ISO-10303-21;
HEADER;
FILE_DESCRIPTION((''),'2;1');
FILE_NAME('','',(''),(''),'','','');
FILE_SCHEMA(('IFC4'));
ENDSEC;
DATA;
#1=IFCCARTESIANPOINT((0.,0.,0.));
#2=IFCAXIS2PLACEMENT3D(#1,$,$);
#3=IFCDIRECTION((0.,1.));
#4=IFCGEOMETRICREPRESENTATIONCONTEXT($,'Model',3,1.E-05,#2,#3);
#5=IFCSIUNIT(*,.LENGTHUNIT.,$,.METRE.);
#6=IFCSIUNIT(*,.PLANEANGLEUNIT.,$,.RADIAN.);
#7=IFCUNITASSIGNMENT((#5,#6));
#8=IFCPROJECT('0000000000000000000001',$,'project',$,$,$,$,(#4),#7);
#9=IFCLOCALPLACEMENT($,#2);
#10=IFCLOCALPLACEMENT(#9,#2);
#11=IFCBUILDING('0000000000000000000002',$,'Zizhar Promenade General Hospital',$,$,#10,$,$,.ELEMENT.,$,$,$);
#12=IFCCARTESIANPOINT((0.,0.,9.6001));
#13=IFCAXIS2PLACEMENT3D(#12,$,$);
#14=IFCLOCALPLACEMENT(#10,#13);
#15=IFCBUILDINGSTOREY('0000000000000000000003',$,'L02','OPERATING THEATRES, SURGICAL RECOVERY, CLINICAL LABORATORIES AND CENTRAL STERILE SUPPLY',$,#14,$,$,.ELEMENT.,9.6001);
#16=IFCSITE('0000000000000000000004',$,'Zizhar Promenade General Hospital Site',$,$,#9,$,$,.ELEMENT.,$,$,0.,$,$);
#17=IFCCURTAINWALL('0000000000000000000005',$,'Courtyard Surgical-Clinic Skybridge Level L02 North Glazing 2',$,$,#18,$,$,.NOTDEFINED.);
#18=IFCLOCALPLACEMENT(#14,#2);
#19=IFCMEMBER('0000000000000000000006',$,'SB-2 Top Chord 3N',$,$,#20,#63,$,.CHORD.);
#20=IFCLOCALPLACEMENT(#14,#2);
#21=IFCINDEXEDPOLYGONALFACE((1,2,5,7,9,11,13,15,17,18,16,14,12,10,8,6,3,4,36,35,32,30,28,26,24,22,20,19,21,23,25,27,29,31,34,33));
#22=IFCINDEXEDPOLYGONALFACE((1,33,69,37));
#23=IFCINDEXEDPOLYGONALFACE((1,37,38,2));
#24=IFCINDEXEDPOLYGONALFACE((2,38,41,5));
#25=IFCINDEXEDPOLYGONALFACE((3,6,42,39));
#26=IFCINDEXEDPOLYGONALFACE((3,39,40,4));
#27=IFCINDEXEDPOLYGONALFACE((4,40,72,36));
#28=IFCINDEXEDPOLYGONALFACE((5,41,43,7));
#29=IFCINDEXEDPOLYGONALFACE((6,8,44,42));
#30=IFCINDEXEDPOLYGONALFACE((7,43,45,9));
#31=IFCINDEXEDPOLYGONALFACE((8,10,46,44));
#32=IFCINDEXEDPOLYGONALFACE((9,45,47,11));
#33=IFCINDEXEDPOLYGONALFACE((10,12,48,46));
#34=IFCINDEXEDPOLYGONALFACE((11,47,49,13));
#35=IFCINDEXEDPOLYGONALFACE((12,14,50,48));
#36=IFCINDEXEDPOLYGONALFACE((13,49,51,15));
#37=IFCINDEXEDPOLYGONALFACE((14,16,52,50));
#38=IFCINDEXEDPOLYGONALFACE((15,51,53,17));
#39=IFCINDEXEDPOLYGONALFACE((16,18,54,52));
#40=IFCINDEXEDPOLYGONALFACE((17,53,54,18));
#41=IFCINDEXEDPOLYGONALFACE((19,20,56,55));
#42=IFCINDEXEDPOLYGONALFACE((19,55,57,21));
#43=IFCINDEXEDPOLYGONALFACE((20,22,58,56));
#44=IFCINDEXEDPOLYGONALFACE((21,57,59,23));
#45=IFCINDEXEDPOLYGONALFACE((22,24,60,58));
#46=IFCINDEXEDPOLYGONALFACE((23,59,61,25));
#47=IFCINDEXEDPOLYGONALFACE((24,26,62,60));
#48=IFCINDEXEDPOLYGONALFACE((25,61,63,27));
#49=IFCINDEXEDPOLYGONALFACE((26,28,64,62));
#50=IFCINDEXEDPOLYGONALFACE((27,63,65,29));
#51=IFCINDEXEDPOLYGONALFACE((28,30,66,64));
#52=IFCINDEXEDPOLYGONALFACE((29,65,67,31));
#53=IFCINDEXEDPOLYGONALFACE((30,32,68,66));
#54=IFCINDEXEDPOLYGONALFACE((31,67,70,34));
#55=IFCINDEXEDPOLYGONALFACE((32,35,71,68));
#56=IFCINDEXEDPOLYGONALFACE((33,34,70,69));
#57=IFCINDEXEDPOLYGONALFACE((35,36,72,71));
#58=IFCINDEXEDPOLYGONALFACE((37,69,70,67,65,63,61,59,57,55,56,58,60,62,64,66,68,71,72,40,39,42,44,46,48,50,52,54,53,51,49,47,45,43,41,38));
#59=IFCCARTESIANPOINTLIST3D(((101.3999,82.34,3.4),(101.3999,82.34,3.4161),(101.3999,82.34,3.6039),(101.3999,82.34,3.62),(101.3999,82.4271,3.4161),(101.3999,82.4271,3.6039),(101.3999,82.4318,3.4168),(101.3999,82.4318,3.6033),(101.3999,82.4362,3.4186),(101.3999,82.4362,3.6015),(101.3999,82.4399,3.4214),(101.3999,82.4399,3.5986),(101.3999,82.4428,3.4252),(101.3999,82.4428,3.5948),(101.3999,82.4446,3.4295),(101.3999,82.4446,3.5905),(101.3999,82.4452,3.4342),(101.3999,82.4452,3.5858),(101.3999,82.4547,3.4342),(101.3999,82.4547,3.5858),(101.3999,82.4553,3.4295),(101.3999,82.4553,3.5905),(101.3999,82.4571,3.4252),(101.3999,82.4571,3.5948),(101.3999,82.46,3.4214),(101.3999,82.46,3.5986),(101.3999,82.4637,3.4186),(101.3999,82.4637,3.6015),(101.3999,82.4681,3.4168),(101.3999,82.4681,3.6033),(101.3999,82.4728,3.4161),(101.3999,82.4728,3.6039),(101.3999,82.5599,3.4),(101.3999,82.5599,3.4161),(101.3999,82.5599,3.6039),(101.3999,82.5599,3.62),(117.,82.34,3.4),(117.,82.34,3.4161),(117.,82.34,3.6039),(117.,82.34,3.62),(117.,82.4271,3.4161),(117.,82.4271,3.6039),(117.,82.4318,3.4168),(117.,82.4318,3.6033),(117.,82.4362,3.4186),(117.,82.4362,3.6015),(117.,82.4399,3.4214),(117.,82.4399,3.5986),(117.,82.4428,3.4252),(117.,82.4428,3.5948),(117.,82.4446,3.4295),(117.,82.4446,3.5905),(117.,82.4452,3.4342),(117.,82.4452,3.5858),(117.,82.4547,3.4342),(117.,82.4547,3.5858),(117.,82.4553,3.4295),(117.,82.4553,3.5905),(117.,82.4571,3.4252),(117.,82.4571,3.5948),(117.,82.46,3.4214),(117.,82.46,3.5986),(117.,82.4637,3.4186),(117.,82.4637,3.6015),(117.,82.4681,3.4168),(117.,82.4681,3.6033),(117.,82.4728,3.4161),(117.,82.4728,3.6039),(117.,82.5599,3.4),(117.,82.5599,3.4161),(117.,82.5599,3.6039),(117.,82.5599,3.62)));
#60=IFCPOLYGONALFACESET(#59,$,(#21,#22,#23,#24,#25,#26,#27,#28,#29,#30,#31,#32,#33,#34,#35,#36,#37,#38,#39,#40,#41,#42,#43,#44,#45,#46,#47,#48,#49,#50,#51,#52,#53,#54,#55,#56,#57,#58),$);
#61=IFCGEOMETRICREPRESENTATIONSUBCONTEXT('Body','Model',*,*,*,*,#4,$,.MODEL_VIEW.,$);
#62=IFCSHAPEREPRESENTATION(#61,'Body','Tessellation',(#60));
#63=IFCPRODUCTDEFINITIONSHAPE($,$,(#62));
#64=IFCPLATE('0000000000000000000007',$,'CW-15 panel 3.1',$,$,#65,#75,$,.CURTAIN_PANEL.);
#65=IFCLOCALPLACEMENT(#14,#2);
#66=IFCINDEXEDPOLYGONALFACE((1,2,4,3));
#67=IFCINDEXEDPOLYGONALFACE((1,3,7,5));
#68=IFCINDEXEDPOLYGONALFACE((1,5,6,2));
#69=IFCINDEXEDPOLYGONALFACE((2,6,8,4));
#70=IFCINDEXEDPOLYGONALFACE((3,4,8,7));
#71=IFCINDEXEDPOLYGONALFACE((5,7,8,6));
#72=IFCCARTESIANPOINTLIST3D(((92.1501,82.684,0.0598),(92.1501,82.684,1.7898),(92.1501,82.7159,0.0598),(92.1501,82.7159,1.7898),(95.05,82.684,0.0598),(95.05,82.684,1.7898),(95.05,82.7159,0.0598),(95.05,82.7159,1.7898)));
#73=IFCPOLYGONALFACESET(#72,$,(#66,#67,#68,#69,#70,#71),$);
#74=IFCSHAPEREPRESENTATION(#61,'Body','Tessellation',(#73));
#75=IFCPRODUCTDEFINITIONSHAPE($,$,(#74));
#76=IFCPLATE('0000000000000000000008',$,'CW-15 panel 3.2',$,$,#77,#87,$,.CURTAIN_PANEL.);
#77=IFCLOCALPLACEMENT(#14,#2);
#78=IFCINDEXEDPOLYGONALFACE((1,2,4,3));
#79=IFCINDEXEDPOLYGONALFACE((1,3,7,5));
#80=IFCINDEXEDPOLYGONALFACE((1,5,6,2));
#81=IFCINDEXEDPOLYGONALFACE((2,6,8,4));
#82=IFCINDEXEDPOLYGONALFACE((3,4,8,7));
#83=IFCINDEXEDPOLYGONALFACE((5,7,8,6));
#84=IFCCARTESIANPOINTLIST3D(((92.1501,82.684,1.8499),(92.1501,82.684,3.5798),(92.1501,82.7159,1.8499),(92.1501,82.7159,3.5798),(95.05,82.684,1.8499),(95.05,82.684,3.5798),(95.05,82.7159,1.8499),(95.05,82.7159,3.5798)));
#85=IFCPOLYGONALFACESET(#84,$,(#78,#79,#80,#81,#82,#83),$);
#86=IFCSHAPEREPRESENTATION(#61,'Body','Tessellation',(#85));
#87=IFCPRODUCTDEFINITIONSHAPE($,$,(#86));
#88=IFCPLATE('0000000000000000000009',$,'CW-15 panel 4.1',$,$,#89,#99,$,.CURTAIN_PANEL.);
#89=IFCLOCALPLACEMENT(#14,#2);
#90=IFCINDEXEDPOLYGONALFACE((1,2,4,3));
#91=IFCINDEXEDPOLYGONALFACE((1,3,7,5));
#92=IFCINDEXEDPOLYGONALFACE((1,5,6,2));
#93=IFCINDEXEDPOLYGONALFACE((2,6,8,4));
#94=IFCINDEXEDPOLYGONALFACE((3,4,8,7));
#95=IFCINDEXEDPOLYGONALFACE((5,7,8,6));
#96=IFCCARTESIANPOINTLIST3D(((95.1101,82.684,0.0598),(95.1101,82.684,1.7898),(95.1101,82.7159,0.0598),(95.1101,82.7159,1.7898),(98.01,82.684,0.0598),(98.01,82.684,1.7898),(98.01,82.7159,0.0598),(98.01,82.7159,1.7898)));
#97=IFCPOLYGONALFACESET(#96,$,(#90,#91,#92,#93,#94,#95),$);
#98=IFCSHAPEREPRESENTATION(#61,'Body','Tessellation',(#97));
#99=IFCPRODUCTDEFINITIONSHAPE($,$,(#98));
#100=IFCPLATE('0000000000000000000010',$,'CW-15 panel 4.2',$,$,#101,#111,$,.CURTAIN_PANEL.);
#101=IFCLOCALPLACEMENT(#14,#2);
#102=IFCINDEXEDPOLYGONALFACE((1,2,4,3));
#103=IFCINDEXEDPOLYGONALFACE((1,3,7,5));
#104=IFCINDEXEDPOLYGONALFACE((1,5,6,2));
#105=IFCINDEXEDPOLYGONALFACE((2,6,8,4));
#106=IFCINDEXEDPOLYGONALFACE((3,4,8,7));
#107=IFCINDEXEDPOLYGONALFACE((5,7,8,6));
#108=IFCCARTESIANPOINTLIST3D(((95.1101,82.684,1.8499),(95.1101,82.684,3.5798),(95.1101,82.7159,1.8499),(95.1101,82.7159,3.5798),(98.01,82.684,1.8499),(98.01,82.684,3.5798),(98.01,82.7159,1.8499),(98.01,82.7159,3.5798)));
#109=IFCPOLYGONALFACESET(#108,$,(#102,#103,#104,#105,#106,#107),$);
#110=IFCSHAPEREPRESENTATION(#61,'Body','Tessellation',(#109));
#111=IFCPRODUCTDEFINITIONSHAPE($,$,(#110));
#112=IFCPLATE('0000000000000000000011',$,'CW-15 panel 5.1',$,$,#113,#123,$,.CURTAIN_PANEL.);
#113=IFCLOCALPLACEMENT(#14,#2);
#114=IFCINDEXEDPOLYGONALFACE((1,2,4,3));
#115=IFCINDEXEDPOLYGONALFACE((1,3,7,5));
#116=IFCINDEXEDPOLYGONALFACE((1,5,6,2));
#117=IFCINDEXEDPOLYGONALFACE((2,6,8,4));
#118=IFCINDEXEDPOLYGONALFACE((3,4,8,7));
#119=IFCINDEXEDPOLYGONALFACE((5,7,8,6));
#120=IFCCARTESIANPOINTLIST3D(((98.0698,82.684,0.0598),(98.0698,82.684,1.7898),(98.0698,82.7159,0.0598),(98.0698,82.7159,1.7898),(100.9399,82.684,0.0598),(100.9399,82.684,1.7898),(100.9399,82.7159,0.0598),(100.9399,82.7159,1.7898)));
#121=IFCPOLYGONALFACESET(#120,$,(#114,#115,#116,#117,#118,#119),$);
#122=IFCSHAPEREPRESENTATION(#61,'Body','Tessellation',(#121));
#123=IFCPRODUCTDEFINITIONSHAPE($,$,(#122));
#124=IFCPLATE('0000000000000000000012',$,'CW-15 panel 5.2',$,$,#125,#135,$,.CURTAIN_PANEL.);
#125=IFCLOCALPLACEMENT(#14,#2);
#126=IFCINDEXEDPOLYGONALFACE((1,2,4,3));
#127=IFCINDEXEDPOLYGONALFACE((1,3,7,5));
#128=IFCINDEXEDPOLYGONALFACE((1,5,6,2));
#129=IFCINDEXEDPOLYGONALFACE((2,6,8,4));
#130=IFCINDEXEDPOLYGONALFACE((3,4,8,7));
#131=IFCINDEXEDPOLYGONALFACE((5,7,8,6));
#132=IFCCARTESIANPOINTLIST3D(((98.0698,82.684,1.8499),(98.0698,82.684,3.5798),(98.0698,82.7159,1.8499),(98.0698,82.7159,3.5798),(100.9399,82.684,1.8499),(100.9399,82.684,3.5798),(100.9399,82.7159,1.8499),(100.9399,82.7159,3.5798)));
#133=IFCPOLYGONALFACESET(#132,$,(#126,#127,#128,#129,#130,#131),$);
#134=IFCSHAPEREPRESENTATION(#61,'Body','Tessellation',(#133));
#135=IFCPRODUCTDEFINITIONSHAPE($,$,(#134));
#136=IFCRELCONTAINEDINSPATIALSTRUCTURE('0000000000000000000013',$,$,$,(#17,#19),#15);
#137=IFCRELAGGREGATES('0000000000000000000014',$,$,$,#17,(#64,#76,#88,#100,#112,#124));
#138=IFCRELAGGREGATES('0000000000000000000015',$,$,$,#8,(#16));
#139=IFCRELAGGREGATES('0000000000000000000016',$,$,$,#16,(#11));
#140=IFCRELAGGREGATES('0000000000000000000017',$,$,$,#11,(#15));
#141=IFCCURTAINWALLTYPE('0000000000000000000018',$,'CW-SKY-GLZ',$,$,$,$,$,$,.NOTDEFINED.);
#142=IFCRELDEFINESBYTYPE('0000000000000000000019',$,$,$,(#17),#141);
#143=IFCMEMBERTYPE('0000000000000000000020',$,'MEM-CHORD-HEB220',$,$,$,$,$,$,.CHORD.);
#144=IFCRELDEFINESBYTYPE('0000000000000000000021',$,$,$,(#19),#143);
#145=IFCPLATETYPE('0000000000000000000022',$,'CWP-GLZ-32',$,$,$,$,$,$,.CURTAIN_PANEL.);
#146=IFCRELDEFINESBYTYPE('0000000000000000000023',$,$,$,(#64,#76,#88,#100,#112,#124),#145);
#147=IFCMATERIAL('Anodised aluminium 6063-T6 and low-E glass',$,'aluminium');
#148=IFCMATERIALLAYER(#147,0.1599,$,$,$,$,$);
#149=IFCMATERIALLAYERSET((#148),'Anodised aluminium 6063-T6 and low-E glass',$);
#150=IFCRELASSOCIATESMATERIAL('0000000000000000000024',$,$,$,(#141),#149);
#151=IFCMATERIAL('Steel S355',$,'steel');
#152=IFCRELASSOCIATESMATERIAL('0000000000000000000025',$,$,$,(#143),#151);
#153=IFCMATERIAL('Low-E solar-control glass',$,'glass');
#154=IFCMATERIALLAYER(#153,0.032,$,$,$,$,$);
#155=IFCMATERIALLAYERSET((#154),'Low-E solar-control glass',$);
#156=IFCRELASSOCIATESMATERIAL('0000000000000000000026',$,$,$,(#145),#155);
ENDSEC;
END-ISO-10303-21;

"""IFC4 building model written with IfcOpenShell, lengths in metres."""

from ifc_helpers import new_model, si_unit, direction, frame, origin, origin_2d, place, context, subcontext, project, spatial, rectangle, i_section, extrude, material, layer, layer_set, material_profile, profile_set, type_object, element, aggregate, save


model = new_model("IFC4")

# Units and contexts
model_context = context("Model", 3, precision=1e-05, world=origin(), true_north=direction((0.0, 1.0)))
body_context = subcontext(model_context, "Body", "Model", "MODEL_VIEW")
ifc_project = project(units=[si_unit("LENGTHUNIT", "METRE"), si_unit("PLANEANGLEUNIT", "RADIAN")], contexts=[model_context])

# Site, building, storey
site_placement = place(None, origin())
site = spatial("IfcSite", under=ifc_project, at=site_placement, Name="Zizhar Promenade General Hospital Site", CompositionType="ELEMENT", RefElevation=0.0)
building_placement = place(site_placement, origin())
building = spatial("IfcBuilding", under=site, at=building_placement, Name="Zizhar Promenade General Hospital", CompositionType="ELEMENT")
storey_placement = place(building_placement, frame((0.0, 0.0, 9.6001)))
storey = spatial("IfcBuildingStorey", under=building, at=storey_placement, Name="L02", Description="OPERATING THEATRES, SURGICAL RECOVERY, CLINICAL LABORATORIES AND CENTRAL STERILE SUPPLY", CompositionType="ELEMENT", Elevation=9.6001)

# Curtain wall
ifc_material_1 = material(Name="Anodised aluminium 6063-T6 and low-E glass", Category="aluminium")
ifc_layer_1 = layer(ifc_material_1, 0.1599)
ifc_layer_set_1 = layer_set([ifc_layer_1], Name="Anodised aluminium 6063-T6 and low-E glass")
curtain_wall_type = type_object("IfcCurtainWallType", Name="CW-SKY-GLZ", PredefinedType="NOTDEFINED", material=ifc_layer_set_1)
curtain_wall_placement = place(storey_placement, origin())
curtain_wall = element("IfcCurtainWall", 1, at=curtain_wall_placement, inside=storey, type_object=curtain_wall_type, Name="Courtyard Surgical-Clinic Skybridge Level L02 North Glazing 2", PredefinedType="NOTDEFINED")

# Member
ifc_material_2 = material(Name="Steel S355", Category="steel")
ifc_material_profile_1 = material_profile(ifc_material_2, i_section(OverallWidth=0.22, OverallDepth=0.22, WebThickness=0.0095, FlangeThickness=0.0161, FilletRadius=0.0181, at=origin_2d()))
ifc_profile_set_1 = profile_set([ifc_material_profile_1], Name="Steel S355")
member_type_1 = type_object("IfcMemberType", Name="MEM-CHORD-HEB220", PredefinedType="CHORD", material=ifc_profile_set_1)
for number, where, z_axis, x_axis, name in (
    (2, (101.3999, 82.45, 3.51), (1.0, 0.0, 0.0), (0.0, 1.0, 0.0), "SB-2 Top Chord 3N"),
):
    element("IfcMember", number, at=place(storey_placement, frame(where, z_axis=z_axis, x_axis=x_axis)), inside=storey, type_object=member_type_1, Name=name, PredefinedType="CHORD", context=body_context, shape_type="SweptSolid", body=[
        extrude(i_section(OverallWidth=0.22, OverallDepth=0.22, WebThickness=0.0095, FlangeThickness=0.0161, FilletRadius=0.0181, at=origin_2d()), origin(), (0.0, 0.0, 1.0), 15.6001),
    ])

# Plates
ifc_material_3 = material(Name="Low-E solar-control glass", Category="glass")
ifc_layer_2 = layer(ifc_material_3, 0.032)
ifc_layer_set_2 = layer_set([ifc_layer_2], Name="Low-E solar-control glass")
plate_type = type_object("IfcPlateType", Name="CWP-GLZ-32", PredefinedType="CURTAIN_PANEL", material=ifc_layer_set_2)
plate_1_placement = place(storey_placement, frame((93.6001, 82.7, 0.0598), z_axis=(0.0, 0.0, 1.0), x_axis=(1.0, 0.0, 0.0)))
plate_1 = element("IfcPlate", 3, at=plate_1_placement, type_object=plate_type, Name="CW-15 panel 3.1", PredefinedType="CURTAIN_PANEL", context=body_context, shape_type="SweptSolid", body=[
    extrude(rectangle(XDim=2.8999, YDim=0.032, at=origin_2d()), origin(), (0.0, 0.0, 1.0), 1.73),
])
plate_2_placement = place(storey_placement, frame((93.6001, 82.7, 1.8499), z_axis=(0.0, 0.0, 1.0), x_axis=(1.0, 0.0, 0.0)))
plate_2 = element("IfcPlate", 4, at=plate_2_placement, type_object=plate_type, Name="CW-15 panel 3.2", PredefinedType="CURTAIN_PANEL", context=body_context, shape_type="SweptSolid", body=[
    extrude(rectangle(XDim=2.8999, YDim=0.032, at=origin_2d()), origin(), (0.0, 0.0, 1.0), 1.73),
])
plate_3_placement = place(storey_placement, frame((96.5601, 82.7, 0.0598), z_axis=(0.0, 0.0, 1.0), x_axis=(1.0, 0.0, 0.0)))
plate_3 = element("IfcPlate", 5, at=plate_3_placement, type_object=plate_type, Name="CW-15 panel 4.1", PredefinedType="CURTAIN_PANEL", context=body_context, shape_type="SweptSolid", body=[
    extrude(rectangle(XDim=2.8999, YDim=0.032, at=origin_2d()), origin(), (0.0, 0.0, 1.0), 1.73),
])
plate_4_placement = place(storey_placement, frame((96.5601, 82.7, 1.8499), z_axis=(0.0, 0.0, 1.0), x_axis=(1.0, 0.0, 0.0)))
plate_4 = element("IfcPlate", 6, at=plate_4_placement, type_object=plate_type, Name="CW-15 panel 4.2", PredefinedType="CURTAIN_PANEL", context=body_context, shape_type="SweptSolid", body=[
    extrude(rectangle(XDim=2.8999, YDim=0.032, at=origin_2d()), origin(), (0.0, 0.0, 1.0), 1.73),
])
plate_5_placement = place(storey_placement, frame((99.5049, 82.7, 0.0598), z_axis=(0.0, 0.0, 1.0), x_axis=(1.0, 0.0, 0.0)))
plate_5 = element("IfcPlate", 7, at=plate_5_placement, type_object=plate_type, Name="CW-15 panel 5.1", PredefinedType="CURTAIN_PANEL", context=body_context, shape_type="SweptSolid", body=[
    extrude(rectangle(XDim=2.8701, YDim=0.032, at=origin_2d()), origin(), (0.0, 0.0, 1.0), 1.73),
])
plate_6_placement = place(storey_placement, frame((99.5049, 82.7, 1.8499), z_axis=(0.0, 0.0, 1.0), x_axis=(1.0, 0.0, 0.0)))
plate_6 = element("IfcPlate", 8, at=plate_6_placement, type_object=plate_type, Name="CW-15 panel 5.2", PredefinedType="CURTAIN_PANEL", context=body_context, shape_type="SweptSolid", body=[
    extrude(rectangle(XDim=2.8701, YDim=0.032, at=origin_2d()), origin(), (0.0, 0.0, 1.0), 1.73),
])
aggregate(curtain_wall, [plate_1, plate_2, plate_3, plate_4, plate_5, plate_6])

save(model, "model.ifc")
